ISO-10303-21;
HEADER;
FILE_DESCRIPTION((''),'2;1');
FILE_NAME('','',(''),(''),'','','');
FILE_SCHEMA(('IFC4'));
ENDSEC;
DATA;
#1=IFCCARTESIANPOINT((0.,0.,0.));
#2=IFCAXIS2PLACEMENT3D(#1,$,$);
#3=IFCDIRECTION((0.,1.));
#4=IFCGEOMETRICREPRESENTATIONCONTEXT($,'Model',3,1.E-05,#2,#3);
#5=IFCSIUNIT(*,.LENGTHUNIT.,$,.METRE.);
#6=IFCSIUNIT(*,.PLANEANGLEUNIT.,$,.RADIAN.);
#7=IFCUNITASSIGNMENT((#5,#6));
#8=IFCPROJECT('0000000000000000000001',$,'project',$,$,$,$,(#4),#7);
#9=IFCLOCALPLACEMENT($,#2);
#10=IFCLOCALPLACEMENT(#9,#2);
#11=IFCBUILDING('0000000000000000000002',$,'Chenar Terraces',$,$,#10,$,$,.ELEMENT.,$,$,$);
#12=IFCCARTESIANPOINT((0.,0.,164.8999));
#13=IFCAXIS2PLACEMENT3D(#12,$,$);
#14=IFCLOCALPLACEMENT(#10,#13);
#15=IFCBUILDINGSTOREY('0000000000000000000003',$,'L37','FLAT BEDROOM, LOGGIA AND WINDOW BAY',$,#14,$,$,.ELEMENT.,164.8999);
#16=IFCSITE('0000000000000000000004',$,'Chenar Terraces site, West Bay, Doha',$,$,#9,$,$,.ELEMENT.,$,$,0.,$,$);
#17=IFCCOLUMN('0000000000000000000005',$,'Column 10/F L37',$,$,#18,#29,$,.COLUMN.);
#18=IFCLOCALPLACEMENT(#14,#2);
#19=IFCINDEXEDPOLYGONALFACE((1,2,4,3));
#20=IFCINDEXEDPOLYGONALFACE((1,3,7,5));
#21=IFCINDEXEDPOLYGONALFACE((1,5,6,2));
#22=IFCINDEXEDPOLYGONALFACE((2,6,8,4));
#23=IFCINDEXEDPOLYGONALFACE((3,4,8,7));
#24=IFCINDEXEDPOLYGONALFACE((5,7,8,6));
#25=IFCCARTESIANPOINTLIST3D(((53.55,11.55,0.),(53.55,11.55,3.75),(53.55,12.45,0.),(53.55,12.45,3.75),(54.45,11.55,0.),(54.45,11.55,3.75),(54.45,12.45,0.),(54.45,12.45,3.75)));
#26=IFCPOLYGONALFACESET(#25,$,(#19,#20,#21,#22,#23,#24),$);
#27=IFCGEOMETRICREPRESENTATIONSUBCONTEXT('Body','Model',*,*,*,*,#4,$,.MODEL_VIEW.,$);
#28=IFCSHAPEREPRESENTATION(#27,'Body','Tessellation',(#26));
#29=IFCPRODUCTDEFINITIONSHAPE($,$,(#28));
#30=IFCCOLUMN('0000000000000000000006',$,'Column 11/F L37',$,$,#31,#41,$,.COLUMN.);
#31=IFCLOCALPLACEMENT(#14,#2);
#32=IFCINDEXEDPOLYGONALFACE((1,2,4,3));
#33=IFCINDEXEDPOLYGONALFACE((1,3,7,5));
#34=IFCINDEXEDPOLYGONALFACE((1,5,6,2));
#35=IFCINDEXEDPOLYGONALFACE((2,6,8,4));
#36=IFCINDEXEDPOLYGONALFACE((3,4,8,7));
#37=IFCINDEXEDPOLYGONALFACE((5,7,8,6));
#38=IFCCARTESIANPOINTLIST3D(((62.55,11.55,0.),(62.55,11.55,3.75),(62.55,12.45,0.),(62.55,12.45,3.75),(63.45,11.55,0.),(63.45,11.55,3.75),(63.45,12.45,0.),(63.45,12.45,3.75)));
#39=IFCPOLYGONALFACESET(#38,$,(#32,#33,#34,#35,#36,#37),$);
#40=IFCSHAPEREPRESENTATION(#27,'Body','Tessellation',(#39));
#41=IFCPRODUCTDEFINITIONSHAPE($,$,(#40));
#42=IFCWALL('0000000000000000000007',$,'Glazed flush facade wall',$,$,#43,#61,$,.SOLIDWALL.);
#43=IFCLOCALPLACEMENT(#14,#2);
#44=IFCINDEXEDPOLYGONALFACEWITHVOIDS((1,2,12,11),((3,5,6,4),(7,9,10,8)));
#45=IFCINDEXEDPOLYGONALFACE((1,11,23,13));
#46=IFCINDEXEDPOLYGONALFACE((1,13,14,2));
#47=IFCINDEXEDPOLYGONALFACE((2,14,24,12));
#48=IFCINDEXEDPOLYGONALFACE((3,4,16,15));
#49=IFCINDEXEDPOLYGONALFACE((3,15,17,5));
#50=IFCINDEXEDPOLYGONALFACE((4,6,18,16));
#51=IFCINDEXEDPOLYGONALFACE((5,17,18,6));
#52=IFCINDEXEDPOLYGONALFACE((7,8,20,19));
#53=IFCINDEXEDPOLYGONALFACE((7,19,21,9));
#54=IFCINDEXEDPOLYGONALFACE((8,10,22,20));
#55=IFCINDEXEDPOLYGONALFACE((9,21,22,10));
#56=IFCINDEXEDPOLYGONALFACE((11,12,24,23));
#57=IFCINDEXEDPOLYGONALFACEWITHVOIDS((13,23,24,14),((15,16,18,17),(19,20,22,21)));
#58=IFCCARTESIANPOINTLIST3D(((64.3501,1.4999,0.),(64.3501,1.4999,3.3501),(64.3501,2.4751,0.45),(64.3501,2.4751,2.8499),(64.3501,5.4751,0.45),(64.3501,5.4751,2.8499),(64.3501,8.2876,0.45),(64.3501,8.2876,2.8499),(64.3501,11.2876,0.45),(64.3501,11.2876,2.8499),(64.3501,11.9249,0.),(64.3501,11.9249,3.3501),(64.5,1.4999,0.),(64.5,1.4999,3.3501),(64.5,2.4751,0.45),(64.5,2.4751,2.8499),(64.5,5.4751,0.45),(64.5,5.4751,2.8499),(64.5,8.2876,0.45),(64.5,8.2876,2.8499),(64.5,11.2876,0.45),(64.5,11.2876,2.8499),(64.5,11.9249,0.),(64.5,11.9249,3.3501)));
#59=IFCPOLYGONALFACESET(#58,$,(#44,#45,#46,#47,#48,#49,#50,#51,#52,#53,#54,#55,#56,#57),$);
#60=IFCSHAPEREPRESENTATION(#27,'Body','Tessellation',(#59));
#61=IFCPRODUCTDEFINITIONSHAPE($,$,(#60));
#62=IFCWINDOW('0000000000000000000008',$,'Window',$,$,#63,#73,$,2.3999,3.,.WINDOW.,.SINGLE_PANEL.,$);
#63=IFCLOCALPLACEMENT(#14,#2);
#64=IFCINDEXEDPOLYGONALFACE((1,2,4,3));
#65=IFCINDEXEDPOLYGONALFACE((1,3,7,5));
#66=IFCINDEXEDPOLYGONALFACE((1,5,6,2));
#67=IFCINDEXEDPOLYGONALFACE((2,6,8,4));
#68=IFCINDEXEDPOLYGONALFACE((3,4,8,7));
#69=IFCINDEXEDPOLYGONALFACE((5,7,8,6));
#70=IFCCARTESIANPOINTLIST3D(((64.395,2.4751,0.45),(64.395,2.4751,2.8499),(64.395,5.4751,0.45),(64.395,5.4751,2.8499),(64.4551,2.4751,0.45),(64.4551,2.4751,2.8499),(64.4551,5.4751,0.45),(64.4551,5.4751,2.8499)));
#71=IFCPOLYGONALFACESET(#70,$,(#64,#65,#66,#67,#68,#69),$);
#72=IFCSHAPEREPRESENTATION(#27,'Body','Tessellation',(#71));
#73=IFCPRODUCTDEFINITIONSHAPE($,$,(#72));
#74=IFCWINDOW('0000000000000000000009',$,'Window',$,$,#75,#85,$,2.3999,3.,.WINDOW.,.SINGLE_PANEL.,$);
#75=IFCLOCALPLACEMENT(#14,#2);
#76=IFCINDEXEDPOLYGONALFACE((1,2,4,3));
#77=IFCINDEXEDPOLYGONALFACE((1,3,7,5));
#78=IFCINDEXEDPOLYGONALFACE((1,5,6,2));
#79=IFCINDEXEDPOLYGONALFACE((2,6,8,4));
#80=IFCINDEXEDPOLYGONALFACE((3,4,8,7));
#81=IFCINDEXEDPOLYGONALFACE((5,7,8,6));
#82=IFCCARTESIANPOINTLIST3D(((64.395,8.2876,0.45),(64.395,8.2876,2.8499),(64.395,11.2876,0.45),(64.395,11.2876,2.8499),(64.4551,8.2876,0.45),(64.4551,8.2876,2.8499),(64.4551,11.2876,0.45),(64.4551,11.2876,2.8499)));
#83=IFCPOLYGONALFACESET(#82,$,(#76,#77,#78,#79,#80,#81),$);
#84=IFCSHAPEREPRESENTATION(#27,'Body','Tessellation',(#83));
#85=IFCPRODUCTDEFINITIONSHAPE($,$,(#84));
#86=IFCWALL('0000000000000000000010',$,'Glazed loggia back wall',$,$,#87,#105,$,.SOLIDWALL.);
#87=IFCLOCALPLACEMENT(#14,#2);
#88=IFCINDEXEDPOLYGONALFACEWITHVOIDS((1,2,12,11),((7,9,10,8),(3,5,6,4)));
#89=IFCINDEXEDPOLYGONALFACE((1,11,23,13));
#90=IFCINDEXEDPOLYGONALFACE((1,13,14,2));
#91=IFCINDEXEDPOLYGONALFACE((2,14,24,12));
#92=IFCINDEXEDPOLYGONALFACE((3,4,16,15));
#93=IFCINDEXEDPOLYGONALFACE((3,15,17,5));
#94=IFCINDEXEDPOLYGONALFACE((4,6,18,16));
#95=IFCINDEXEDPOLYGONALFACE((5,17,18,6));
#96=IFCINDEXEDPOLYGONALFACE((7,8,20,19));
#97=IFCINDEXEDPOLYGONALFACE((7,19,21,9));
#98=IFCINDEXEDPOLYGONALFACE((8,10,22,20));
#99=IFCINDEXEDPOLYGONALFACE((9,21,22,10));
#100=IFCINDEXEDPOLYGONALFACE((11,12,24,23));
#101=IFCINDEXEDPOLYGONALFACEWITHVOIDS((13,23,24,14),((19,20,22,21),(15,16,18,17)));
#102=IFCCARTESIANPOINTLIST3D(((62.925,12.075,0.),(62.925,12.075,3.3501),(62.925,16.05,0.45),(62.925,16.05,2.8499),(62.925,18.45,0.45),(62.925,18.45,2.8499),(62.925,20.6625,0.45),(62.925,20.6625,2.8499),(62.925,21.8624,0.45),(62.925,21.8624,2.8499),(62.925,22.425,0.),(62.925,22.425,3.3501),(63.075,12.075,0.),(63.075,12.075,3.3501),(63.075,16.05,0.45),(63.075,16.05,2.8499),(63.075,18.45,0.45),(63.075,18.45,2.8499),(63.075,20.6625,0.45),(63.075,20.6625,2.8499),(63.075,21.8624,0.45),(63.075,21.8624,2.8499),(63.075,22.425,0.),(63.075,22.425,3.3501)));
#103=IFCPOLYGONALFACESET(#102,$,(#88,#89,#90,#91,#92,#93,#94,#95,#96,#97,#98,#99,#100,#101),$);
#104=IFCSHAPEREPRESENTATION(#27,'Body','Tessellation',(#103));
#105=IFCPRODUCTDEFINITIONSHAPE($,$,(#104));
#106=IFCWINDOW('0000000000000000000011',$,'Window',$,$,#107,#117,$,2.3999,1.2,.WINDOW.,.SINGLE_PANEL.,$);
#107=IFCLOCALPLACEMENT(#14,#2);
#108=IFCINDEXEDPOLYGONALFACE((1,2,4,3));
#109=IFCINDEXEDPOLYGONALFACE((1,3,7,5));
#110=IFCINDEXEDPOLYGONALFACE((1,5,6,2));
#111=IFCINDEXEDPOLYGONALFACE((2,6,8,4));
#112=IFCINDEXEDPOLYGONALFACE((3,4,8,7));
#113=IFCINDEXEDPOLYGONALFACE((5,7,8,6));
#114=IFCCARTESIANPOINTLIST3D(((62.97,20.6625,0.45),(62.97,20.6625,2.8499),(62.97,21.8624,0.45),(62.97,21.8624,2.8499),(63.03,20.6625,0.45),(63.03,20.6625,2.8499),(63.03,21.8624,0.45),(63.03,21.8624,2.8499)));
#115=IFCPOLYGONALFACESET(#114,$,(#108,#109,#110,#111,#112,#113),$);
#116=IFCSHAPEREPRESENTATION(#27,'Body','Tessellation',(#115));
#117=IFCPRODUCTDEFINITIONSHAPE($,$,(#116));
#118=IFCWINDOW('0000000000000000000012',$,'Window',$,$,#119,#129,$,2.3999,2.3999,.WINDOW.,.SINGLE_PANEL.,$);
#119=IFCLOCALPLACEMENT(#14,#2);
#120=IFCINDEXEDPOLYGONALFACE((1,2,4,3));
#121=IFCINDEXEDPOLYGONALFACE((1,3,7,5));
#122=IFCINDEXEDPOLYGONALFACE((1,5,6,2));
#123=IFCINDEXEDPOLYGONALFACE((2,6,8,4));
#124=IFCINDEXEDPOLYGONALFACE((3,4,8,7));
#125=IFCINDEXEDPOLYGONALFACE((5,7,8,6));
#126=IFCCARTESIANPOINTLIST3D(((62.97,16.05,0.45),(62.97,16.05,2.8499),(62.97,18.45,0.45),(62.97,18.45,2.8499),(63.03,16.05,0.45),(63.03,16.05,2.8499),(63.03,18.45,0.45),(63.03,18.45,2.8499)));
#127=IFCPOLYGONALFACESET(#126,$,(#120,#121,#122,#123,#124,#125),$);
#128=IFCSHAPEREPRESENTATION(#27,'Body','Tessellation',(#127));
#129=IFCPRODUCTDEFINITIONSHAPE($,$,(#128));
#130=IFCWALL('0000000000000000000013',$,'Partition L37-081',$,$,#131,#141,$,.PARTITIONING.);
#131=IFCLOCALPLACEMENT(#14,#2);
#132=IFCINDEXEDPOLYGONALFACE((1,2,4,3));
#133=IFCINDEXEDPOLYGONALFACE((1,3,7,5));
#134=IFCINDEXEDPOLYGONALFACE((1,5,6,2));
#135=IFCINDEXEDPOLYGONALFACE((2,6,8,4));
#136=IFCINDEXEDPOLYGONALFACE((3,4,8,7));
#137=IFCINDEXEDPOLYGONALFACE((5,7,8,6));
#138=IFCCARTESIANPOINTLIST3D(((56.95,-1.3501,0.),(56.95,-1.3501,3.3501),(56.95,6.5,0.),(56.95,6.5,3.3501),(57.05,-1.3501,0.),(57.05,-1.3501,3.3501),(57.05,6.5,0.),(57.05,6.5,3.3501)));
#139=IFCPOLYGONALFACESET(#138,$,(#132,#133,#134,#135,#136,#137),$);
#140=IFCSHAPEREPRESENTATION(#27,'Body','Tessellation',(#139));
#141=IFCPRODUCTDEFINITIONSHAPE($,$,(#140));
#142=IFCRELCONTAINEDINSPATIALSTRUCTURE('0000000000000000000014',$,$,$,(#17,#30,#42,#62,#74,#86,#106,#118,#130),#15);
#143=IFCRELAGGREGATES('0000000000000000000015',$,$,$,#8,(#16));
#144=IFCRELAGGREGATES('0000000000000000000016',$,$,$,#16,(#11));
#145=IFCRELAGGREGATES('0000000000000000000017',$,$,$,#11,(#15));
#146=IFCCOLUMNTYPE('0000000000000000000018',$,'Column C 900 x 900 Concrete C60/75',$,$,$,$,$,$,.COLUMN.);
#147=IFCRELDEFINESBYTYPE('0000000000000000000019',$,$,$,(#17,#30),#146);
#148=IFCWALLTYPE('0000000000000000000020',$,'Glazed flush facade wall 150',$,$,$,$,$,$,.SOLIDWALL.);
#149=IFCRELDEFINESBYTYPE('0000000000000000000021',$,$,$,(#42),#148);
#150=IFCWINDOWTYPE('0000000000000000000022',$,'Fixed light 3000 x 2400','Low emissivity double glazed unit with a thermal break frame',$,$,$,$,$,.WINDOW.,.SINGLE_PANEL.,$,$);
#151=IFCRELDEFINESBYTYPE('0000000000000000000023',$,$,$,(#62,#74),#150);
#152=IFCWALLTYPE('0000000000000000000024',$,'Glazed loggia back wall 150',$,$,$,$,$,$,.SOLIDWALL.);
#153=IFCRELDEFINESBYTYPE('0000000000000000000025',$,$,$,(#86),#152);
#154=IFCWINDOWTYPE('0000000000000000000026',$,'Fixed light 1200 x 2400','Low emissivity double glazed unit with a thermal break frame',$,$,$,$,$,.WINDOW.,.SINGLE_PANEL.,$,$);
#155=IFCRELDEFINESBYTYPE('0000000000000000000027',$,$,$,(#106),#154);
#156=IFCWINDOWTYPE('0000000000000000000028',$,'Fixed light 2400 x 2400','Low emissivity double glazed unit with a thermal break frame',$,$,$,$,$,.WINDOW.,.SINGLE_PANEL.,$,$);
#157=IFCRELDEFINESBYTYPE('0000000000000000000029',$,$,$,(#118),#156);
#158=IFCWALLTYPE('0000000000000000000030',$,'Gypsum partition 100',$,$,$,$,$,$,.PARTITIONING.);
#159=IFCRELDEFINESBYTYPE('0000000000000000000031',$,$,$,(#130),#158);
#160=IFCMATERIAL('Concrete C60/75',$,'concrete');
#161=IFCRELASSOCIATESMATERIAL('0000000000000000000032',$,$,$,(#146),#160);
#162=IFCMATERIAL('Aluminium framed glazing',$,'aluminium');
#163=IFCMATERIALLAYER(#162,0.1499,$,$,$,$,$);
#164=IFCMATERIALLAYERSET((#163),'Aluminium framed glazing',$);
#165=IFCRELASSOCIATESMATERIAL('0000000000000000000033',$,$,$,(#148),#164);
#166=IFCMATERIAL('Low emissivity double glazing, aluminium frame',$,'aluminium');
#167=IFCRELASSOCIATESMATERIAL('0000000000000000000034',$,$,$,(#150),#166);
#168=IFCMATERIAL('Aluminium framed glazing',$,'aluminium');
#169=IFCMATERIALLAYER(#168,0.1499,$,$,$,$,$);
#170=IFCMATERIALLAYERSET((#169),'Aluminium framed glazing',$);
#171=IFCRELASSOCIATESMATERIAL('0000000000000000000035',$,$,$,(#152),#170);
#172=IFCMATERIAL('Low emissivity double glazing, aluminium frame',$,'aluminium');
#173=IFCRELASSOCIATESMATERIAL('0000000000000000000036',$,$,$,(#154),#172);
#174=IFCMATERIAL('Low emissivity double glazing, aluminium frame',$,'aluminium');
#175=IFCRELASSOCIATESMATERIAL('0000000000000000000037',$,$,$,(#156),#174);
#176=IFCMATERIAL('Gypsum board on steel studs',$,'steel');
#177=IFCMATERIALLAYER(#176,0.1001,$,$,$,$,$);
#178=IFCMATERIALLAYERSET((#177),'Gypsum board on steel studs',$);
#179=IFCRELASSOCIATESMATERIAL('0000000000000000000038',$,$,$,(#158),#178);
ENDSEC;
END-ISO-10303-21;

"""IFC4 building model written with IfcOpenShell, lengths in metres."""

from ifc_helpers import new_model, si_unit, direction, frame, frame_2d, origin, origin_2d, place, context, subcontext, project, spatial, rectangle, extrude, material, layer, layer_set, material_profile, profile_set, type_object, element, fill, save


model = new_model("IFC4")

# Units and contexts
model_context = context("Model", 3, precision=1e-05, world=origin(), true_north=direction((0.0, 1.0)))
body_context = subcontext(model_context, "Body", "Model", "MODEL_VIEW")
ifc_project = project(units=[si_unit("LENGTHUNIT", "METRE"), si_unit("PLANEANGLEUNIT", "RADIAN")], contexts=[model_context])

# Site, building, storey
site_placement = place(None, origin())
site = spatial("IfcSite", under=ifc_project, at=site_placement, Name="Chenar Terraces site, West Bay, Doha", CompositionType="ELEMENT", RefElevation=0.0)
building_placement = place(site_placement, origin())
building = spatial("IfcBuilding", under=site, at=building_placement, Name="Chenar Terraces", CompositionType="ELEMENT")
storey_placement = place(building_placement, frame((0.0, 0.0, 164.8999)))
storey = spatial("IfcBuildingStorey", under=building, at=storey_placement, Name="L37", Description="FLAT BEDROOM, LOGGIA AND WINDOW BAY", CompositionType="ELEMENT", Elevation=164.8999)

# Columns
ifc_material_1 = material(Name="Concrete C60/75", Category="concrete")
ifc_material_profile_1 = material_profile(ifc_material_1, rectangle(XDim=0.8999, YDim=0.8999, at=origin_2d()), Name="C 900 x 900")
ifc_profile_set_1 = profile_set([ifc_material_profile_1], Name="Concrete C60/75")
column_type = type_object("IfcColumnType", Name="Column C 900 x 900 Concrete C60/75", PredefinedType="COLUMN", material=ifc_profile_set_1)
for number, where, z_axis, x_axis, name in (
    (1, (54.0, 12.0, 0.0), (0.0, 0.0, 1.0), (1.0, 0.0, 0.0), "Column 10/F L37"),
    (2, (63.0, 12.0, 0.0), (0.0, 0.0, 1.0), (1.0, 0.0, 0.0), "Column 11/F L37"),
):
    element("IfcColumn", number, at=place(storey_placement, frame(where, z_axis=z_axis, x_axis=x_axis)), inside=storey, type_object=column_type, Name=name, PredefinedType="COLUMN", context=body_context, shape_type="SweptSolid", body=[
        extrude(rectangle(XDim=0.8999, YDim=0.8999, at=origin_2d()), origin(), (0.0, 0.0, 1.0), 3.75),
    ])

# Walls, openings, windows
ifc_material_2 = material(Name="Aluminium framed glazing", Category="aluminium")
ifc_layer_1 = layer(ifc_material_2, 0.1499)
ifc_layer_set_1 = layer_set([ifc_layer_1], Name="Aluminium framed glazing")
wall_type_1 = type_object("IfcWallType", Name="Glazed flush facade wall 150", PredefinedType="SOLIDWALL", material=ifc_layer_set_1)
wall_1_placement = place(storey_placement, frame((64.425, 1.5, 0.0), z_axis=(0.0, 0.0, 1.0), x_axis=(0.0, 1.0, 0.0)))
wall_1 = element("IfcWall", 3, at=wall_1_placement, inside=storey, type_object=wall_type_1, Name="Glazed flush facade wall", PredefinedType="SOLIDWALL", context=body_context, shape_type="SweptSolid", body=[
    extrude(rectangle(XDim=10.425, YDim=0.1499, at=frame_2d((5.2124, 0.0))), origin(), (0.0, 0.0, 1.0), 3.3501),
])
opening_1_placement = place(wall_1_placement, frame((0.9751, 0.0, 0.45)))
opening_1 = element("IfcOpeningElement", 4, at=opening_1_placement, cuts=wall_1, PredefinedType="OPENING", context=body_context, shape_type="SweptSolid", body=[
    extrude(rectangle(XDim=3.0, YDim=2.3999, at=frame_2d((1.5, 1.2))), frame((0.0, 0.085, 0.0), z_axis=(0.0, -1.0, 0.0), x_axis=(1.0, 0.0, 0.0)), (0.0, 0.0, 1.0), 0.1699),
])
opening_2_placement = place(wall_1_placement, frame((6.7876, 0.0, 0.45)))
opening_2 = element("IfcOpeningElement", 5, at=opening_2_placement, cuts=wall_1, PredefinedType="OPENING", context=body_context, shape_type="SweptSolid", body=[
    extrude(rectangle(XDim=3.0, YDim=2.3999, at=frame_2d((1.5, 1.2))), frame((0.0, 0.085, 0.0), z_axis=(0.0, -1.0, 0.0), x_axis=(1.0, 0.0, 0.0)), (0.0, 0.0, 1.0), 0.1699),
])
ifc_material_3 = material(Name="Low emissivity double glazing, aluminium frame", Category="aluminium")
window_type_1 = type_object("IfcWindowType", Name="Fixed light 3000 x 2400", Description="Low emissivity double glazed unit with a thermal break frame", PartitioningType="SINGLE_PANEL", PredefinedType="WINDOW", material=ifc_material_3)
window_1_placement = place(opening_1_placement, origin())
window_1 = element("IfcWindow", 6, at=window_1_placement, inside=storey, type_object=window_type_1, Name="Window", OverallHeight=2.3999, OverallWidth=3.0, PartitioningType="SINGLE_PANEL", PredefinedType="WINDOW", context=body_context, shape_type="SweptSolid", body=[
    extrude(rectangle(XDim=3.0, YDim=2.3999, at=frame_2d((1.5, 1.2))), frame((0.0, 0.03, 0.0), z_axis=(0.0, -1.0, 0.0), x_axis=(1.0, 0.0, 0.0)), (0.0, 0.0, 1.0), 0.0601),
])
fill(opening_1, window_1)
window_2_placement = place(opening_2_placement, origin())
window_2 = element("IfcWindow", 7, at=window_2_placement, inside=storey, type_object=window_type_1, Name="Window", OverallHeight=2.3999, OverallWidth=3.0, PartitioningType="SINGLE_PANEL", PredefinedType="WINDOW", context=body_context, shape_type="SweptSolid", body=[
    extrude(rectangle(XDim=3.0, YDim=2.3999, at=frame_2d((1.5, 1.2))), frame((0.0, 0.03, 0.0), z_axis=(0.0, -1.0, 0.0), x_axis=(1.0, 0.0, 0.0)), (0.0, 0.0, 1.0), 0.0601),
])
fill(opening_2, window_2)
ifc_material_4 = material(Name="Aluminium framed glazing", Category="aluminium")
ifc_layer_2 = layer(ifc_material_4, 0.1499)
ifc_layer_set_2 = layer_set([ifc_layer_2], Name="Aluminium framed glazing")
wall_type_2 = type_object("IfcWallType", Name="Glazed loggia back wall 150", PredefinedType="SOLIDWALL", material=ifc_layer_set_2)
wall_2_placement = place(storey_placement, frame((63.0, 12.075, 0.0), z_axis=(0.0, 0.0, 1.0), x_axis=(0.0, 1.0, 0.0)))
wall_2 = element("IfcWall", 8, at=wall_2_placement, inside=storey, type_object=wall_type_2, Name="Glazed loggia back wall", PredefinedType="SOLIDWALL", context=body_context, shape_type="SweptSolid", body=[
    extrude(rectangle(XDim=10.3501, YDim=0.1499, at=frame_2d((5.175, 0.0))), origin(), (0.0, 0.0, 1.0), 3.3501),
])
opening_3_placement = place(wall_2_placement, frame((3.9751, 0.0, 0.45)))
opening_3 = element("IfcOpeningElement", 9, at=opening_3_placement, cuts=wall_2, PredefinedType="OPENING", context=body_context, shape_type="SweptSolid", body=[
    extrude(rectangle(XDim=2.3999, YDim=2.3999, at=frame_2d((1.2, 1.2))), frame((0.0, 0.085, 0.0), z_axis=(0.0, -1.0, 0.0), x_axis=(1.0, 0.0, 0.0)), (0.0, 0.0, 1.0), 0.1699),
])
opening_4_placement = place(wall_2_placement, frame((8.5874, 0.0, 0.45)))
opening_4 = element("IfcOpeningElement", 10, at=opening_4_placement, cuts=wall_2, PredefinedType="OPENING", context=body_context, shape_type="SweptSolid", body=[
    extrude(rectangle(XDim=1.2, YDim=2.3999, at=frame_2d((0.6001, 1.2))), frame((0.0, 0.085, 0.0), z_axis=(0.0, -1.0, 0.0), x_axis=(1.0, 0.0, 0.0)), (0.0, 0.0, 1.0), 0.1699),
])
ifc_material_5 = material(Name="Low emissivity double glazing, aluminium frame", Category="aluminium")
window_type_2 = type_object("IfcWindowType", Name="Fixed light 1200 x 2400", Description="Low emissivity double glazed unit with a thermal break frame", PartitioningType="SINGLE_PANEL", PredefinedType="WINDOW", material=ifc_material_5)
window_3_placement = place(opening_4_placement, origin())
window_3 = element("IfcWindow", 11, at=window_3_placement, inside=storey, type_object=window_type_2, Name="Window", OverallHeight=2.3999, OverallWidth=1.2, PartitioningType="SINGLE_PANEL", PredefinedType="WINDOW", context=body_context, shape_type="SweptSolid", body=[
    extrude(rectangle(XDim=1.2, YDim=2.3999, at=frame_2d((0.6001, 1.2))), frame((0.0, 0.03, 0.0), z_axis=(0.0, -1.0, 0.0), x_axis=(1.0, 0.0, 0.0)), (0.0, 0.0, 1.0), 0.0601),
])
fill(opening_4, window_3)
ifc_material_6 = material(Name="Low emissivity double glazing, aluminium frame", Category="aluminium")
window_type_3 = type_object("IfcWindowType", Name="Fixed light 2400 x 2400", Description="Low emissivity double glazed unit with a thermal break frame", PartitioningType="SINGLE_PANEL", PredefinedType="WINDOW", material=ifc_material_6)
window_4_placement = place(opening_3_placement, origin())
window_4 = element("IfcWindow", 12, at=window_4_placement, inside=storey, type_object=window_type_3, Name="Window", OverallHeight=2.3999, OverallWidth=2.3999, PartitioningType="SINGLE_PANEL", PredefinedType="WINDOW", context=body_context, shape_type="SweptSolid", body=[
    extrude(rectangle(XDim=2.3999, YDim=2.3999, at=frame_2d((1.2, 1.2))), frame((0.0, 0.03, 0.0), z_axis=(0.0, -1.0, 0.0), x_axis=(1.0, 0.0, 0.0)), (0.0, 0.0, 1.0), 0.0601),
])
fill(opening_3, window_4)

# Wall
ifc_material_7 = material(Name="Gypsum board on steel studs", Category="steel")
ifc_layer_3 = layer(ifc_material_7, 0.1001)
ifc_layer_set_3 = layer_set([ifc_layer_3], Name="Gypsum board on steel studs")
wall_type_3 = type_object("IfcWallType", Name="Gypsum partition 100", PredefinedType="PARTITIONING", material=ifc_layer_set_3)
wall_3_placement = place(storey_placement, frame((57.0, -1.3501, 0.0), z_axis=(0.0, 0.0, 1.0), x_axis=(0.0, 1.0, 0.0)))
element("IfcWall", 13, at=wall_3_placement, inside=storey, type_object=wall_type_3, Name="Partition L37-081", PredefinedType="PARTITIONING", context=body_context, shape_type="SweptSolid", body=[
    extrude(rectangle(XDim=7.8501, YDim=0.1001, at=frame_2d((3.925, 0.0))), origin(), (0.0, 0.0, 1.0), 3.3501),
])

save(model, "model.ifc")
